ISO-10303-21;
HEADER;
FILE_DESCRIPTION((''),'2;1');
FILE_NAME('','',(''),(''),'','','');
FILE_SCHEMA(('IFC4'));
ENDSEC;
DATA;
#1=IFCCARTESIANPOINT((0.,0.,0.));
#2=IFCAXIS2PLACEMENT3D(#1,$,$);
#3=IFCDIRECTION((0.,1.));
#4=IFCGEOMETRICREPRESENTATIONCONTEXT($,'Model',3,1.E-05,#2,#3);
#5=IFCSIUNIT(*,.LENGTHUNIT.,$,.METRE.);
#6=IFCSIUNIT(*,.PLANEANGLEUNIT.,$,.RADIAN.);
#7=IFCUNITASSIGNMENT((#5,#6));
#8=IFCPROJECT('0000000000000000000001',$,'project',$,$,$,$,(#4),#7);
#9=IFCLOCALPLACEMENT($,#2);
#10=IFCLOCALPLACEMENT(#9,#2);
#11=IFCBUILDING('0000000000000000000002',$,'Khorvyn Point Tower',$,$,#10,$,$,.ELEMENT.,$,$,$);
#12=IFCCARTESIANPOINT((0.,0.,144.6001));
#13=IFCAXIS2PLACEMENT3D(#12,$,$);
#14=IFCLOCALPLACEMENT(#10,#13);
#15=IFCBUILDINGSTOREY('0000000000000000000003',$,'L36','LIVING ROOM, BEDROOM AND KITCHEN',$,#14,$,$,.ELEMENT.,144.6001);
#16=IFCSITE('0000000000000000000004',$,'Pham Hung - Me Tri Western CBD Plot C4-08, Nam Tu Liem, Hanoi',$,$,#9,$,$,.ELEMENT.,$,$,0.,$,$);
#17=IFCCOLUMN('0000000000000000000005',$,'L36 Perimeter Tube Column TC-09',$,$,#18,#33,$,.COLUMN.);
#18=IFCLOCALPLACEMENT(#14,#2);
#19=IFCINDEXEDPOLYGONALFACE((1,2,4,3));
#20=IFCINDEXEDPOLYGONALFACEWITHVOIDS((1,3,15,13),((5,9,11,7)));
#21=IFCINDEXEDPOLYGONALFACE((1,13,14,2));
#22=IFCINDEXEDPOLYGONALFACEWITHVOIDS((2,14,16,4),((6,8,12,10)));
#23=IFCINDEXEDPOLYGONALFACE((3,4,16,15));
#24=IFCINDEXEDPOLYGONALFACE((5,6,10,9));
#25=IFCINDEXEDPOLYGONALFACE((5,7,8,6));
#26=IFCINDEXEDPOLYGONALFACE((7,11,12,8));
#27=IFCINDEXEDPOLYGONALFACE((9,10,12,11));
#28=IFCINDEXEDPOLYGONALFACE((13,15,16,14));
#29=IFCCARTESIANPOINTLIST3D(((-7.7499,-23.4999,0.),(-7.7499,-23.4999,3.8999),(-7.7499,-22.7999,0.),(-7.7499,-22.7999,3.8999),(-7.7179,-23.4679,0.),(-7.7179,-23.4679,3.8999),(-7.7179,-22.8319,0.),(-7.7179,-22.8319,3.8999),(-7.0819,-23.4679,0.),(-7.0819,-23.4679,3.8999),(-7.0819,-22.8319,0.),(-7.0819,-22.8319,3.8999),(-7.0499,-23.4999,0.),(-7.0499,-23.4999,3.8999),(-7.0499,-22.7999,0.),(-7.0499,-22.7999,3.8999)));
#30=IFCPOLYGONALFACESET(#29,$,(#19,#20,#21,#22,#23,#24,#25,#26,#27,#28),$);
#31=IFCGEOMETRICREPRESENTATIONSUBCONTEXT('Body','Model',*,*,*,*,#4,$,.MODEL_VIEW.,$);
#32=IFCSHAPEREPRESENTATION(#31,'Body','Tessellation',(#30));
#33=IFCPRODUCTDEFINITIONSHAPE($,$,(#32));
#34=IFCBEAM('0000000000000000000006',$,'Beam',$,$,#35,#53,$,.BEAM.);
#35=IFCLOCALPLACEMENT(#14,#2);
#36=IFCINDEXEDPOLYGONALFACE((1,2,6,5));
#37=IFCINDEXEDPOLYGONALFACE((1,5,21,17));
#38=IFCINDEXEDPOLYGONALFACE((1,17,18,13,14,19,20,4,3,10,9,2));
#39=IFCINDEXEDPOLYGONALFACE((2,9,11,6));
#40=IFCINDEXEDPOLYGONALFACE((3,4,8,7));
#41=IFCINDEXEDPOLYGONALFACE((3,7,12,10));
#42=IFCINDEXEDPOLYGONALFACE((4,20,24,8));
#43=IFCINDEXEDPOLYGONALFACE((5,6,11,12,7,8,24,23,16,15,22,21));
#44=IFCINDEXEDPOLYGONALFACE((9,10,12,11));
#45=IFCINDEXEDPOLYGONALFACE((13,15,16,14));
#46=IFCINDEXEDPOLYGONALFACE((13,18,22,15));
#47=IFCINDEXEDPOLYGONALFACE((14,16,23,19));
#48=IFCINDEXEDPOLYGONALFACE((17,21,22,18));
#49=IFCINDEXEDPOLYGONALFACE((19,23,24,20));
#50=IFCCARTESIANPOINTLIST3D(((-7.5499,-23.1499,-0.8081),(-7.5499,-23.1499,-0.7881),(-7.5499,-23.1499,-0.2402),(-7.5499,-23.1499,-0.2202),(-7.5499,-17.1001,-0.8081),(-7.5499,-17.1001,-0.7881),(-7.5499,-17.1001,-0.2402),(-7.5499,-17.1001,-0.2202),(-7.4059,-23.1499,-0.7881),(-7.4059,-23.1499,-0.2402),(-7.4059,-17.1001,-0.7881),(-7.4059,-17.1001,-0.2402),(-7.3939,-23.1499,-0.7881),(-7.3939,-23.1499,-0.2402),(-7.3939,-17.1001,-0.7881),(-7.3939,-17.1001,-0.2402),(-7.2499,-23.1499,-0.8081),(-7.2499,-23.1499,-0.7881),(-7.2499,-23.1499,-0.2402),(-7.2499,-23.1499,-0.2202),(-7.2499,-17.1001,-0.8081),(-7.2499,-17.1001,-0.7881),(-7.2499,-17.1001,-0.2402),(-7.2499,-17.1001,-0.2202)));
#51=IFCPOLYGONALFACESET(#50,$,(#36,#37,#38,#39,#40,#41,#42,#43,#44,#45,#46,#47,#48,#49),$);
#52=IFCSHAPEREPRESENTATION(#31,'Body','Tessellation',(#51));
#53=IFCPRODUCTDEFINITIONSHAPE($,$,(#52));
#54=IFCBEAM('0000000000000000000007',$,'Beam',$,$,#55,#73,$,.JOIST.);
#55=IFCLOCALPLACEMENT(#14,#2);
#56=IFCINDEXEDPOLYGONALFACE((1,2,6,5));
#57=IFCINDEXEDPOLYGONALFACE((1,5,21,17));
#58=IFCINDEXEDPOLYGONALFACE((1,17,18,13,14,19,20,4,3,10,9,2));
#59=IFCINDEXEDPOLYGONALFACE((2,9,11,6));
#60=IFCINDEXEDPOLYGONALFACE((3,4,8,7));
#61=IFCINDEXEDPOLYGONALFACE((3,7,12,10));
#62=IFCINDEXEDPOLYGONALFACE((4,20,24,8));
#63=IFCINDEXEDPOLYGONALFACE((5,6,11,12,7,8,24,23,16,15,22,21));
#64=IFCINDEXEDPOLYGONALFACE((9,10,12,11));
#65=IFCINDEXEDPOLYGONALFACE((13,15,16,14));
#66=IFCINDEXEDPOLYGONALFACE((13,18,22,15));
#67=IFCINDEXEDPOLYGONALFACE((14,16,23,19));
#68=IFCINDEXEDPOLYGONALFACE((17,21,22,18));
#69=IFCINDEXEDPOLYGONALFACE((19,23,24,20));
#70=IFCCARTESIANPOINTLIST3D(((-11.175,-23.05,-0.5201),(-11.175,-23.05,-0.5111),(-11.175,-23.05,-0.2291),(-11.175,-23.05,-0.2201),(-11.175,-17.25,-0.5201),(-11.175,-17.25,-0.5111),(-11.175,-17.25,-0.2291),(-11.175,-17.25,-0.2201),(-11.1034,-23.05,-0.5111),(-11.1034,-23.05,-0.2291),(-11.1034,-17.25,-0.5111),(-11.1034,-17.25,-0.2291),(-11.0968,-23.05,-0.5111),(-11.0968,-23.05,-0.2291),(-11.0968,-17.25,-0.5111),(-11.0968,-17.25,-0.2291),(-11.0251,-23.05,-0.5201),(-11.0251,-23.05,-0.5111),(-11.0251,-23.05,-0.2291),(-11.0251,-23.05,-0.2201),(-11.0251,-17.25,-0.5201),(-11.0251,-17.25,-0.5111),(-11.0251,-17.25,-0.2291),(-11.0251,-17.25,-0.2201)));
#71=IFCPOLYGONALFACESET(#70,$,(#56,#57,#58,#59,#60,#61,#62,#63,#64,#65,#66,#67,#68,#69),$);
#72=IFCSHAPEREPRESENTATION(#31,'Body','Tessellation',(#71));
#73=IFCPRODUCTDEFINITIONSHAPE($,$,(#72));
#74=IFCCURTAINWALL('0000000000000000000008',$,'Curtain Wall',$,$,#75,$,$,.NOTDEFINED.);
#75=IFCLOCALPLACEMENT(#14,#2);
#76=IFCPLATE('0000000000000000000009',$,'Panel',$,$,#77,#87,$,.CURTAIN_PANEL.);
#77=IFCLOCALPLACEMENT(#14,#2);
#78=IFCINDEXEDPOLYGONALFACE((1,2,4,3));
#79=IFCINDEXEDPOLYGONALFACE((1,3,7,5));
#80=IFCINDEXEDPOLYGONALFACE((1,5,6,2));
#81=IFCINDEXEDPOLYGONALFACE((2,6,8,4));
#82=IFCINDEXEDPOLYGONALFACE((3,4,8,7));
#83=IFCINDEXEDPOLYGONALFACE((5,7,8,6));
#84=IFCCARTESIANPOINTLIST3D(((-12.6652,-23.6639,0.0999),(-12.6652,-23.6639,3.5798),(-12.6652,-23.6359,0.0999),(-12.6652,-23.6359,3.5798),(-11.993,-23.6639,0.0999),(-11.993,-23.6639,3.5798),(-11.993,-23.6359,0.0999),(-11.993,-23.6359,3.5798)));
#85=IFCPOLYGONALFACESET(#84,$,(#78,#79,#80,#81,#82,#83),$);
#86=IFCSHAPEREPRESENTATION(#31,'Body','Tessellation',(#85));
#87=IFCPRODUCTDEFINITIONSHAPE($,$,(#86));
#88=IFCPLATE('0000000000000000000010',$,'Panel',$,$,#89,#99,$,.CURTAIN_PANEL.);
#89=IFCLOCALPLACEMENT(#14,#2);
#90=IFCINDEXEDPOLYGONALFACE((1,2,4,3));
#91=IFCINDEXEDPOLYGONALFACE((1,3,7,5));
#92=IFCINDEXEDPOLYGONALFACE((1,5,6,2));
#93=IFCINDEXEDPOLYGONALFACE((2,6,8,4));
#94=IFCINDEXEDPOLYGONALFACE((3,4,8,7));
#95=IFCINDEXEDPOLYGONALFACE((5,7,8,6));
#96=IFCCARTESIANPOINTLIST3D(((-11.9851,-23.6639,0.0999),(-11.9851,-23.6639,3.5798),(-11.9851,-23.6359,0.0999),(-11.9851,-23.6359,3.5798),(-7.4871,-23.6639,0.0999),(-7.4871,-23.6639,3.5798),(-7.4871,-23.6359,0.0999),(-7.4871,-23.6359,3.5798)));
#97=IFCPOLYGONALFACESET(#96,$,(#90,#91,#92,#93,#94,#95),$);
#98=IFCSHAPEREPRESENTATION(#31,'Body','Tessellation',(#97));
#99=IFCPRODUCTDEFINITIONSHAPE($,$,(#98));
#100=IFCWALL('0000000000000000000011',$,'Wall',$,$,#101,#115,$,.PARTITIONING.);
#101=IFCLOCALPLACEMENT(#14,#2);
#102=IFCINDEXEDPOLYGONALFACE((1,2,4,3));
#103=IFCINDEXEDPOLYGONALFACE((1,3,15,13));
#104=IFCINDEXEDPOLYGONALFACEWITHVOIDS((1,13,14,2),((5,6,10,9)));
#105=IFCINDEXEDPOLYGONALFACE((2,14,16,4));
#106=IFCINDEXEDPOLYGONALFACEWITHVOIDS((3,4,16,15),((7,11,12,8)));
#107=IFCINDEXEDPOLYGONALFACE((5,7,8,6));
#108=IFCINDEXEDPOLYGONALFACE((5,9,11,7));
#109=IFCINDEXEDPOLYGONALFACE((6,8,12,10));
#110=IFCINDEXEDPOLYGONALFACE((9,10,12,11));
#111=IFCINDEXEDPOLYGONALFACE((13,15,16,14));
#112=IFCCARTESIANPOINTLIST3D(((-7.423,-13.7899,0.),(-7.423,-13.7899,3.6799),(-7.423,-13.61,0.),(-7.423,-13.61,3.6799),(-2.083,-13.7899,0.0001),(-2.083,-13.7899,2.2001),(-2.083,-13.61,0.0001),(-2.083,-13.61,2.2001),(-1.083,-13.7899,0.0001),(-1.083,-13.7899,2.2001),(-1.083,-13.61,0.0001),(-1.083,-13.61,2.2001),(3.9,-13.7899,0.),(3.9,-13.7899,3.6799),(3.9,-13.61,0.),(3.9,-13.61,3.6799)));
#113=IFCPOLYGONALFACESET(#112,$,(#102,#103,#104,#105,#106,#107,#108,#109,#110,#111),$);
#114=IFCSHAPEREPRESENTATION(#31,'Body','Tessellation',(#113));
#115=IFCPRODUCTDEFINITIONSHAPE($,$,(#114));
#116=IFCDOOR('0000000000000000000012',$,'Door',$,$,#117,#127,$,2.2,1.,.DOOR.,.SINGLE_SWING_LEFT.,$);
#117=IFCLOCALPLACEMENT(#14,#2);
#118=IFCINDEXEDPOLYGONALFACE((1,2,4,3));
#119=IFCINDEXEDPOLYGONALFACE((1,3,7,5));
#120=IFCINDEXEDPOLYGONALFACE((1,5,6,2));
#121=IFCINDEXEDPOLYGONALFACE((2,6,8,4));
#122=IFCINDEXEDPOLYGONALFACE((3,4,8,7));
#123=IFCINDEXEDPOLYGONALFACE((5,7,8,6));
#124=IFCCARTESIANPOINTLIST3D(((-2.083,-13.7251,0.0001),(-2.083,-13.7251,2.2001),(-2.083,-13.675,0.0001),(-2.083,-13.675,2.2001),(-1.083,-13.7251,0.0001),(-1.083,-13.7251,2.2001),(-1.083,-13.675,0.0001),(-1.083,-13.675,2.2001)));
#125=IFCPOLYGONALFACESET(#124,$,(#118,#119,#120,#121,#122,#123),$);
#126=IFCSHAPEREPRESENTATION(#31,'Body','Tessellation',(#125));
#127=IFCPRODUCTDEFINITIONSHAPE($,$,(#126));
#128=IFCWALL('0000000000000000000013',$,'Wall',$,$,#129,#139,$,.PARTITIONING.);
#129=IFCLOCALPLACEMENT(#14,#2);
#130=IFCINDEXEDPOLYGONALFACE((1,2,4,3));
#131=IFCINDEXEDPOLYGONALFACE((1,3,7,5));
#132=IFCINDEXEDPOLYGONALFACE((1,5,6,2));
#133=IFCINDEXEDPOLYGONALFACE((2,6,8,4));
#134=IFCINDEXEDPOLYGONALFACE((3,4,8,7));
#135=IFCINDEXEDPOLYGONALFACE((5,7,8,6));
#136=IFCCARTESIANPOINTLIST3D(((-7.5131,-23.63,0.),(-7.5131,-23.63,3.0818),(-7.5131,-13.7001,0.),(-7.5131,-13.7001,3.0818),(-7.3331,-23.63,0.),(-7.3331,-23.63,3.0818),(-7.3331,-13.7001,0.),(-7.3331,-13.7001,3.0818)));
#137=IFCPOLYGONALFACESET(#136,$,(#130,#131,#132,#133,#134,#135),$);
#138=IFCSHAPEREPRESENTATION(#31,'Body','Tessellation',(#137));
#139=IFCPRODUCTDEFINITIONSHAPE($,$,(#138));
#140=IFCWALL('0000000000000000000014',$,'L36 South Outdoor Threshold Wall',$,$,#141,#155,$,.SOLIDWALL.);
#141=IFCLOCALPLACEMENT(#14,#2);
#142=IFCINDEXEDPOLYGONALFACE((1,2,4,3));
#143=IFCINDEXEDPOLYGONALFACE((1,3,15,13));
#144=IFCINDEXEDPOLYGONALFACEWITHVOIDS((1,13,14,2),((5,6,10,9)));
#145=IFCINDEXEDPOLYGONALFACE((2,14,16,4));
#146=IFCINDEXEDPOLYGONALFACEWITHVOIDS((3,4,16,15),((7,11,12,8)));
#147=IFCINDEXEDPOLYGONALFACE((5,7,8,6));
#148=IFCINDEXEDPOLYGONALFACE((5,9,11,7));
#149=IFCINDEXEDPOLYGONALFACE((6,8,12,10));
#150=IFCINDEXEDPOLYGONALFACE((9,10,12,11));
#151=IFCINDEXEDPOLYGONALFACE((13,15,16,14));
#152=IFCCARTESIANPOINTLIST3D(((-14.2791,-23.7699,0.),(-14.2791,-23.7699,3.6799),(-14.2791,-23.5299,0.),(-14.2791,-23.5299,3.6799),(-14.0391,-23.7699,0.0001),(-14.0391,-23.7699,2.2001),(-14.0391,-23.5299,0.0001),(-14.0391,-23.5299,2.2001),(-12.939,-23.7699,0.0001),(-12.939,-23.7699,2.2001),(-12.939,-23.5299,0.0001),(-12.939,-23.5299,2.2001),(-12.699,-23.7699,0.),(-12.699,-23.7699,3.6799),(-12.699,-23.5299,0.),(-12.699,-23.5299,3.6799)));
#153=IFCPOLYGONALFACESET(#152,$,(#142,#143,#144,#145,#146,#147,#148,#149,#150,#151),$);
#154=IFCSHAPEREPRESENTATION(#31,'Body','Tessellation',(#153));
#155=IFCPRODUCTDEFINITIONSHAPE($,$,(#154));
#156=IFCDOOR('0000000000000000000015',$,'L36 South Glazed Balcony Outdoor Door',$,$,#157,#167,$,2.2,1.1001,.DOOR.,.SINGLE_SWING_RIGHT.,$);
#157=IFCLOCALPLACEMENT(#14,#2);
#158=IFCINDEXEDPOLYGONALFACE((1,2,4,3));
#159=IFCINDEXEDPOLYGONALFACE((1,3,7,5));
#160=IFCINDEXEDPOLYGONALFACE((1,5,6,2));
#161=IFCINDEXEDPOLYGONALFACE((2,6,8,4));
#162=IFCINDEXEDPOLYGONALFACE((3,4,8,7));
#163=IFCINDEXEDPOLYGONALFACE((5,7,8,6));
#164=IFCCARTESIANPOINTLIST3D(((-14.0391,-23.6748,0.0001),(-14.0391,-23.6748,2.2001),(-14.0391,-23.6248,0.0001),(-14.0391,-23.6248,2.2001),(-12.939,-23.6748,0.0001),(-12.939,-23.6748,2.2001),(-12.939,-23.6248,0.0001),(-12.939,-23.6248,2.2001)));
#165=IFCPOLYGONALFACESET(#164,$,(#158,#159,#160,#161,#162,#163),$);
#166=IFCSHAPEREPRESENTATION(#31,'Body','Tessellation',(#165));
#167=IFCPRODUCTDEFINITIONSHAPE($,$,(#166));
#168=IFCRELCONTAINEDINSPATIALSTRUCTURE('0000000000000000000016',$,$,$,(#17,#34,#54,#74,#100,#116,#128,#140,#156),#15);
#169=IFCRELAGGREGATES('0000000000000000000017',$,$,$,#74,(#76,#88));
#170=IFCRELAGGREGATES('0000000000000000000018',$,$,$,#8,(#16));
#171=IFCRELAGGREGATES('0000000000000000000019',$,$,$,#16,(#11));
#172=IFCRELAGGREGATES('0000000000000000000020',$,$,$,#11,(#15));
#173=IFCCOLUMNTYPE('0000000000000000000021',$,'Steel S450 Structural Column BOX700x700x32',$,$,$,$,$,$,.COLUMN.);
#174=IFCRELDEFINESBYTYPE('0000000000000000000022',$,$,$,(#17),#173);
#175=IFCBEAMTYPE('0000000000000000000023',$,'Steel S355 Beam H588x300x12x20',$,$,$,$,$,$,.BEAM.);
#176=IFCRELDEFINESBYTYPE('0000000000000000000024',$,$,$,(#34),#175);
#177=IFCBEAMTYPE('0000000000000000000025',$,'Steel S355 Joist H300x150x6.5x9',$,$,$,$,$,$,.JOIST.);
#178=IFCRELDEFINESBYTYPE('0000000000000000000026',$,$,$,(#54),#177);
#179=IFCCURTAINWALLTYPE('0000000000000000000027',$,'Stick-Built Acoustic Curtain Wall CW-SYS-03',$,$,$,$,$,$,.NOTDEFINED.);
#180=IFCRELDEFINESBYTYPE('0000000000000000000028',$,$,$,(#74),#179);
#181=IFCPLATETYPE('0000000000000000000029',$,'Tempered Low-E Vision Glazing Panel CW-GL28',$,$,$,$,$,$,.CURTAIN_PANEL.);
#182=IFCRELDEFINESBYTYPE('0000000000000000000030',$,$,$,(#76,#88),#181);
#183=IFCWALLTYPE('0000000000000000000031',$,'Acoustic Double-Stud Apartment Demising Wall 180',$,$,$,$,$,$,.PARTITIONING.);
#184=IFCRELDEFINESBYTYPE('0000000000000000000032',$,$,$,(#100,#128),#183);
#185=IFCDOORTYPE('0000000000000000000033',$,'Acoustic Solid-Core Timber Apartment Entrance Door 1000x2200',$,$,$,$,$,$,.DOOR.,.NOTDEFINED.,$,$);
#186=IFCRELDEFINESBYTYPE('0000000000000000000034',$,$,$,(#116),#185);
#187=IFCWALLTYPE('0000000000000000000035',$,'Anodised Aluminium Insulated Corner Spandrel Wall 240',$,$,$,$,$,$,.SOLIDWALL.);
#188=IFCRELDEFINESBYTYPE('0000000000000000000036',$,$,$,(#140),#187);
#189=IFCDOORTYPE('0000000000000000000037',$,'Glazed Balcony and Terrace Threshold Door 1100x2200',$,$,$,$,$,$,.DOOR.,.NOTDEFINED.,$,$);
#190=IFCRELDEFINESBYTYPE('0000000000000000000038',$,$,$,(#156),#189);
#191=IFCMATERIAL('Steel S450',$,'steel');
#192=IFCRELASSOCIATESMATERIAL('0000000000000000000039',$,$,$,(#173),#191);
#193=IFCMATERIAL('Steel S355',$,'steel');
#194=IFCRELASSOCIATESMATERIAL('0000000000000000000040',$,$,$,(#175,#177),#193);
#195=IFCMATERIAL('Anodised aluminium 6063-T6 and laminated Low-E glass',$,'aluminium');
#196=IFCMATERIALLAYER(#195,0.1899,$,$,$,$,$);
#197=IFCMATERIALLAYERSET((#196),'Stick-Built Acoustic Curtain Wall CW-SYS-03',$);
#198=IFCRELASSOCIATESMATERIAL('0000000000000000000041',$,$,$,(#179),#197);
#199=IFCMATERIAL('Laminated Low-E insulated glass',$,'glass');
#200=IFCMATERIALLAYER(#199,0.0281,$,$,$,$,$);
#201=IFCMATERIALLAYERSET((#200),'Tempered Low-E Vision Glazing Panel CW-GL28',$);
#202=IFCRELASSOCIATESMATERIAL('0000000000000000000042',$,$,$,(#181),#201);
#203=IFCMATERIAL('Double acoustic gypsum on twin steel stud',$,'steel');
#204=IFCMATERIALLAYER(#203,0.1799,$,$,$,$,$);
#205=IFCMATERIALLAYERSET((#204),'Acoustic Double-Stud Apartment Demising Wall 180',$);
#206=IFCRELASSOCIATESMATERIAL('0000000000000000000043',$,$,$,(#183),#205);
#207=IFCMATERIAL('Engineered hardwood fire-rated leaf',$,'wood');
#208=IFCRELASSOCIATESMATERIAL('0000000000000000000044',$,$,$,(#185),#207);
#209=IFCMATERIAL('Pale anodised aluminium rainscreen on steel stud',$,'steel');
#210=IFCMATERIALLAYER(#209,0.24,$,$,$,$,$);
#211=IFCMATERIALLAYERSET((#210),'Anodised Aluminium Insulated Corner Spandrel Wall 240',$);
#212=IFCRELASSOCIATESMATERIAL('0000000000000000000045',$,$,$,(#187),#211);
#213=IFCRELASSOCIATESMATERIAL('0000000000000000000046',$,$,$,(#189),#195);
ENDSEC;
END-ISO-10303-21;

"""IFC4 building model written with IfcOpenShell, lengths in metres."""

from ifc_helpers import new_model, si_unit, direction, frame, frame_2d, origin, origin_2d, place, context, subcontext, project, spatial, rectangle, hollow_rectangle, i_section, extrude, material, layer, layer_set, material_profile, profile_set, type_object, element, fill, aggregate, save


model = new_model("IFC4")

# Units and contexts
model_context = context("Model", 3, precision=1e-05, world=origin(), true_north=direction((0.0, 1.0)))
body_context = subcontext(model_context, "Body", "Model", "MODEL_VIEW")
ifc_project = project(units=[si_unit("LENGTHUNIT", "METRE"), si_unit("PLANEANGLEUNIT", "RADIAN")], contexts=[model_context])

# Site, building, storey
site_placement = place(None, origin())
site = spatial("IfcSite", under=ifc_project, at=site_placement, Name="Pham Hung - Me Tri Western CBD Plot C4-08, Nam Tu Liem, Hanoi", CompositionType="ELEMENT", RefElevation=0.0)
building_placement = place(site_placement, origin())
building = spatial("IfcBuilding", under=site, at=building_placement, Name="Khorvyn Point Tower", CompositionType="ELEMENT")
storey_placement = place(building_placement, frame((0.0, 0.0, 144.6001)))
storey = spatial("IfcBuildingStorey", under=building, at=storey_placement, Name="L36", Description="LIVING ROOM, BEDROOM AND KITCHEN", CompositionType="ELEMENT", Elevation=144.6001)

# Column
ifc_material_1 = material(Name="Steel S450", Category="steel")
ifc_material_profile_1 = material_profile(ifc_material_1, hollow_rectangle(XDim=0.7, YDim=0.7, WallThickness=0.032, at=origin_2d()))
ifc_profile_set_1 = profile_set([ifc_material_profile_1], Name="Steel S450 BOX700x700x32")
column_type = type_object("IfcColumnType", Name="Steel S450 Structural Column BOX700x700x32", PredefinedType="COLUMN", material=ifc_profile_set_1)
column_placement = place(storey_placement, frame((-7.3999, -23.1499, 0.0), z_axis=(0.0, 0.0, 1.0), x_axis=(1.0, 0.0, 0.0)))
element("IfcColumn", 1, at=column_placement, inside=storey, type_object=column_type, Name="L36 Perimeter Tube Column TC-09", PredefinedType="COLUMN", context=body_context, shape_type="SweptSolid", body=[
    extrude(hollow_rectangle(XDim=0.7, YDim=0.7, WallThickness=0.032, at=origin_2d()), origin(), (0.0, 0.0, 1.0), 3.8999),
])

# Beams
ifc_material_2 = material(Name="Steel S355", Category="steel")
ifc_material_profile_2 = material_profile(ifc_material_2, i_section(OverallWidth=0.3, OverallDepth=0.5879, WebThickness=0.012, FlangeThickness=0.02, at=origin_2d()))
ifc_profile_set_2 = profile_set([ifc_material_profile_2], Name="Steel S355 H588x300x12x20")
beam_type_1 = type_object("IfcBeamType", Name="Steel S355 Beam H588x300x12x20", PredefinedType="BEAM", material=ifc_profile_set_2)
beam_1_placement = place(storey_placement, frame((-7.3999, -23.1499, -0.5142), z_axis=(0.0, 1.0, 0.0), x_axis=(-1.0, 0.0, 0.0)))
element("IfcBeam", 2, at=beam_1_placement, inside=storey, type_object=beam_type_1, Name="Beam", PredefinedType="BEAM", context=body_context, shape_type="SweptSolid", body=[
    extrude(i_section(OverallWidth=0.3, OverallDepth=0.5879, WebThickness=0.012, FlangeThickness=0.02, at=origin_2d()), origin(), (0.0, 0.0, 1.0), 6.0498),
])
ifc_material_profile_3 = material_profile(ifc_material_2, i_section(OverallWidth=0.1499, OverallDepth=0.3, WebThickness=0.0066, FlangeThickness=0.009, at=origin_2d()))
ifc_profile_set_3 = profile_set([ifc_material_profile_3], Name="Steel S355 H300x150x6.5x9")
beam_type_2 = type_object("IfcBeamType", Name="Steel S355 Joist H300x150x6.5x9", PredefinedType="JOIST", material=ifc_profile_set_3)
beam_2_placement = place(storey_placement, frame((-11.1001, -23.05, -0.3701), z_axis=(0.0, 1.0, 0.0), x_axis=(-1.0, 0.0, 0.0)))
element("IfcBeam", 3, at=beam_2_placement, inside=storey, type_object=beam_type_2, Name="Beam", PredefinedType="JOIST", context=body_context, shape_type="SweptSolid", body=[
    extrude(i_section(OverallWidth=0.1499, OverallDepth=0.3, WebThickness=0.0066, FlangeThickness=0.009, at=origin_2d()), origin(), (0.0, 0.0, 1.0), 5.8),
])

# Curtain wall, plates
ifc_material_3 = material(Name="Anodised aluminium 6063-T6 and laminated Low-E glass", Category="aluminium")
ifc_layer_1 = layer(ifc_material_3, 0.1899)
ifc_layer_set_1 = layer_set([ifc_layer_1], Name="Stick-Built Acoustic Curtain Wall CW-SYS-03")
curtain_wall_type = type_object("IfcCurtainWallType", Name="Stick-Built Acoustic Curtain Wall CW-SYS-03", PredefinedType="NOTDEFINED", material=ifc_layer_set_1)
curtain_wall_placement = place(storey_placement, origin())
curtain_wall = element("IfcCurtainWall", 4, at=curtain_wall_placement, inside=storey, type_object=curtain_wall_type, Name="Curtain Wall", PredefinedType="NOTDEFINED")
ifc_material_4 = material(Name="Laminated Low-E insulated glass", Category="glass")
ifc_layer_2 = layer(ifc_material_4, 0.0281)
ifc_layer_set_2 = layer_set([ifc_layer_2], Name="Tempered Low-E Vision Glazing Panel CW-GL28")
plate_type = type_object("IfcPlateType", Name="Tempered Low-E Vision Glazing Panel CW-GL28", PredefinedType="CURTAIN_PANEL", material=ifc_layer_set_2)
plate_1_placement = place(storey_placement, frame((-12.3291, -23.6499, 0.0999), z_axis=(0.0, 0.0, 1.0), x_axis=(-1.0, 0.0, 0.0)))
plate_1 = element("IfcPlate", 5, at=plate_1_placement, type_object=plate_type, Name="Panel", PredefinedType="CURTAIN_PANEL", context=body_context, shape_type="SweptSolid", body=[
    extrude(rectangle(XDim=0.6721, YDim=0.0281, at=origin_2d()), origin(), (0.0, 0.0, 1.0), 3.48),
])
plate_2_placement = place(storey_placement, frame((-9.7361, -23.6499, 0.0999), z_axis=(0.0, 0.0, 1.0), x_axis=(-1.0, 0.0, 0.0)))
plate_2 = element("IfcPlate", 6, at=plate_2_placement, type_object=plate_type, Name="Panel", PredefinedType="CURTAIN_PANEL", context=body_context, shape_type="SweptSolid", body=[
    extrude(rectangle(XDim=4.498, YDim=0.0281, at=origin_2d()), origin(), (0.0, 0.0, 1.0), 3.48),
])
aggregate(curtain_wall, [plate_1, plate_2])

# Wall, opening, door
ifc_material_5 = material(Name="Double acoustic gypsum on twin steel stud", Category="steel")
ifc_layer_3 = layer(ifc_material_5, 0.1799)
ifc_layer_set_3 = layer_set([ifc_layer_3], Name="Acoustic Double-Stud Apartment Demising Wall 180")
wall_type_1 = type_object("IfcWallType", Name="Acoustic Double-Stud Apartment Demising Wall 180", PredefinedType="PARTITIONING", material=ifc_layer_set_3)
wall_1_placement = place(storey_placement, frame((-7.4231, -13.7, 0.0), z_axis=(0.0, 0.0, 1.0), x_axis=(1.0, 0.0, 0.0)))
wall_1 = element("IfcWall", 7, at=wall_1_placement, inside=storey, type_object=wall_type_1, Name="Wall", PredefinedType="PARTITIONING", context=body_context, shape_type="SweptSolid", body=[
    extrude(rectangle(XDim=11.323, YDim=0.1799, at=frame_2d((5.6616, 0.0))), origin(), (0.0, 0.0, 1.0), 3.6799),
])
opening_1_placement = place(wall_1_placement, frame((5.3401, 0.0, 0.0)))
opening_1 = element("IfcOpeningElement", 8, at=opening_1_placement, cuts=wall_1, PredefinedType="OPENING", context=body_context, shape_type="SweptSolid", body=[
    extrude(rectangle(XDim=1.0, YDim=2.2, at=frame_2d((0.5, 1.1001))), frame((0.0, 0.0999, 0.0), z_axis=(0.0, -1.0, 0.0), x_axis=(1.0, 0.0, 0.0)), (0.0, 0.0, 1.0), 0.2),
])
ifc_material_6 = material(Name="Engineered hardwood fire-rated leaf", Category="wood")
door_type_1 = type_object("IfcDoorType", Name="Acoustic Solid-Core Timber Apartment Entrance Door 1000x2200", OperationType="NOTDEFINED", PredefinedType="DOOR", material=ifc_material_6)
door_1_placement = place(opening_1_placement, origin())
door_1 = element("IfcDoor", 9, at=door_1_placement, inside=storey, type_object=door_type_1, Name="Door", OperationType="SINGLE_SWING_LEFT", OverallHeight=2.2, OverallWidth=1.0, PredefinedType="DOOR", context=body_context, shape_type="SweptSolid", body=[
    extrude(rectangle(XDim=1.0, YDim=2.2, at=frame_2d((0.5, 1.1001))), frame((0.0, 0.0249, 0.0), z_axis=(0.0, -1.0, 0.0), x_axis=(1.0, 0.0, 0.0)), (0.0, 0.0, 1.0), 0.05),
])
fill(opening_1, door_1)

# Wall
wall_2_placement = place(storey_placement, frame((-7.4231, -23.6299, 0.0), z_axis=(0.0, 0.0, 1.0), x_axis=(0.0, 1.0, 0.0)))
element("IfcWall", 10, at=wall_2_placement, inside=storey, type_object=wall_type_1, Name="Wall", PredefinedType="PARTITIONING", context=body_context, shape_type="SweptSolid", body=[
    extrude(rectangle(XDim=9.9299, YDim=0.1799, at=frame_2d((4.9648, 0.0))), origin(), (0.0, 0.0, 1.0), 3.0818),
])

# Wall, opening, door
ifc_material_7 = material(Name="Pale anodised aluminium rainscreen on steel stud", Category="steel")
ifc_layer_4 = layer(ifc_material_7, 0.24)
ifc_layer_set_4 = layer_set([ifc_layer_4], Name="Anodised Aluminium Insulated Corner Spandrel Wall 240")
wall_type_2 = type_object("IfcWallType", Name="Anodised Aluminium Insulated Corner Spandrel Wall 240", PredefinedType="SOLIDWALL", material=ifc_layer_set_4)
wall_3_placement = place(storey_placement, frame((-12.699, -23.6499, 0.0), z_axis=(0.0, 0.0, 1.0), x_axis=(-1.0, 0.0, 0.0)))
wall_3 = element("IfcWall", 11, at=wall_3_placement, inside=storey, type_object=wall_type_2, Name="L36 South Outdoor Threshold Wall", PredefinedType="SOLIDWALL", context=body_context, shape_type="SweptSolid", body=[
    extrude(rectangle(XDim=1.5801, YDim=0.24, at=frame_2d((0.79, 0.0))), origin(), (0.0, 0.0, 1.0), 3.6799),
])
opening_2_placement = place(wall_3_placement, frame((0.24, 0.0, 0.0)))
opening_2 = element("IfcOpeningElement", 12, at=opening_2_placement, cuts=wall_3, PredefinedType="OPENING", context=body_context, shape_type="SweptSolid", body=[
    extrude(rectangle(XDim=1.1001, YDim=2.2, at=frame_2d((0.55, 1.1001))), frame((0.0, 0.1299, 0.0), z_axis=(0.0, -1.0, 0.0), x_axis=(1.0, 0.0, 0.0)), (0.0, 0.0, 1.0), 0.26),
])
door_type_2 = type_object("IfcDoorType", Name="Glazed Balcony and Terrace Threshold Door 1100x2200", OperationType="NOTDEFINED", PredefinedType="DOOR", material=ifc_material_3)
door_2_placement = place(opening_2_placement, origin())
door_2 = element("IfcDoor", 13, at=door_2_placement, inside=storey, type_object=door_type_2, Name="L36 South Glazed Balcony Outdoor Door", OperationType="SINGLE_SWING_RIGHT", OverallHeight=2.2, OverallWidth=1.1001, PredefinedType="DOOR", context=body_context, shape_type="SweptSolid", body=[
    extrude(rectangle(XDim=1.1001, YDim=2.2, at=frame_2d((0.55, 1.1001))), frame((0.0, 0.0249, 0.0), z_axis=(0.0, -1.0, 0.0), x_axis=(1.0, 0.0, 0.0)), (0.0, 0.0, 1.0), 0.05),
])
fill(opening_2, door_2)

save(model, "model.ifc")
